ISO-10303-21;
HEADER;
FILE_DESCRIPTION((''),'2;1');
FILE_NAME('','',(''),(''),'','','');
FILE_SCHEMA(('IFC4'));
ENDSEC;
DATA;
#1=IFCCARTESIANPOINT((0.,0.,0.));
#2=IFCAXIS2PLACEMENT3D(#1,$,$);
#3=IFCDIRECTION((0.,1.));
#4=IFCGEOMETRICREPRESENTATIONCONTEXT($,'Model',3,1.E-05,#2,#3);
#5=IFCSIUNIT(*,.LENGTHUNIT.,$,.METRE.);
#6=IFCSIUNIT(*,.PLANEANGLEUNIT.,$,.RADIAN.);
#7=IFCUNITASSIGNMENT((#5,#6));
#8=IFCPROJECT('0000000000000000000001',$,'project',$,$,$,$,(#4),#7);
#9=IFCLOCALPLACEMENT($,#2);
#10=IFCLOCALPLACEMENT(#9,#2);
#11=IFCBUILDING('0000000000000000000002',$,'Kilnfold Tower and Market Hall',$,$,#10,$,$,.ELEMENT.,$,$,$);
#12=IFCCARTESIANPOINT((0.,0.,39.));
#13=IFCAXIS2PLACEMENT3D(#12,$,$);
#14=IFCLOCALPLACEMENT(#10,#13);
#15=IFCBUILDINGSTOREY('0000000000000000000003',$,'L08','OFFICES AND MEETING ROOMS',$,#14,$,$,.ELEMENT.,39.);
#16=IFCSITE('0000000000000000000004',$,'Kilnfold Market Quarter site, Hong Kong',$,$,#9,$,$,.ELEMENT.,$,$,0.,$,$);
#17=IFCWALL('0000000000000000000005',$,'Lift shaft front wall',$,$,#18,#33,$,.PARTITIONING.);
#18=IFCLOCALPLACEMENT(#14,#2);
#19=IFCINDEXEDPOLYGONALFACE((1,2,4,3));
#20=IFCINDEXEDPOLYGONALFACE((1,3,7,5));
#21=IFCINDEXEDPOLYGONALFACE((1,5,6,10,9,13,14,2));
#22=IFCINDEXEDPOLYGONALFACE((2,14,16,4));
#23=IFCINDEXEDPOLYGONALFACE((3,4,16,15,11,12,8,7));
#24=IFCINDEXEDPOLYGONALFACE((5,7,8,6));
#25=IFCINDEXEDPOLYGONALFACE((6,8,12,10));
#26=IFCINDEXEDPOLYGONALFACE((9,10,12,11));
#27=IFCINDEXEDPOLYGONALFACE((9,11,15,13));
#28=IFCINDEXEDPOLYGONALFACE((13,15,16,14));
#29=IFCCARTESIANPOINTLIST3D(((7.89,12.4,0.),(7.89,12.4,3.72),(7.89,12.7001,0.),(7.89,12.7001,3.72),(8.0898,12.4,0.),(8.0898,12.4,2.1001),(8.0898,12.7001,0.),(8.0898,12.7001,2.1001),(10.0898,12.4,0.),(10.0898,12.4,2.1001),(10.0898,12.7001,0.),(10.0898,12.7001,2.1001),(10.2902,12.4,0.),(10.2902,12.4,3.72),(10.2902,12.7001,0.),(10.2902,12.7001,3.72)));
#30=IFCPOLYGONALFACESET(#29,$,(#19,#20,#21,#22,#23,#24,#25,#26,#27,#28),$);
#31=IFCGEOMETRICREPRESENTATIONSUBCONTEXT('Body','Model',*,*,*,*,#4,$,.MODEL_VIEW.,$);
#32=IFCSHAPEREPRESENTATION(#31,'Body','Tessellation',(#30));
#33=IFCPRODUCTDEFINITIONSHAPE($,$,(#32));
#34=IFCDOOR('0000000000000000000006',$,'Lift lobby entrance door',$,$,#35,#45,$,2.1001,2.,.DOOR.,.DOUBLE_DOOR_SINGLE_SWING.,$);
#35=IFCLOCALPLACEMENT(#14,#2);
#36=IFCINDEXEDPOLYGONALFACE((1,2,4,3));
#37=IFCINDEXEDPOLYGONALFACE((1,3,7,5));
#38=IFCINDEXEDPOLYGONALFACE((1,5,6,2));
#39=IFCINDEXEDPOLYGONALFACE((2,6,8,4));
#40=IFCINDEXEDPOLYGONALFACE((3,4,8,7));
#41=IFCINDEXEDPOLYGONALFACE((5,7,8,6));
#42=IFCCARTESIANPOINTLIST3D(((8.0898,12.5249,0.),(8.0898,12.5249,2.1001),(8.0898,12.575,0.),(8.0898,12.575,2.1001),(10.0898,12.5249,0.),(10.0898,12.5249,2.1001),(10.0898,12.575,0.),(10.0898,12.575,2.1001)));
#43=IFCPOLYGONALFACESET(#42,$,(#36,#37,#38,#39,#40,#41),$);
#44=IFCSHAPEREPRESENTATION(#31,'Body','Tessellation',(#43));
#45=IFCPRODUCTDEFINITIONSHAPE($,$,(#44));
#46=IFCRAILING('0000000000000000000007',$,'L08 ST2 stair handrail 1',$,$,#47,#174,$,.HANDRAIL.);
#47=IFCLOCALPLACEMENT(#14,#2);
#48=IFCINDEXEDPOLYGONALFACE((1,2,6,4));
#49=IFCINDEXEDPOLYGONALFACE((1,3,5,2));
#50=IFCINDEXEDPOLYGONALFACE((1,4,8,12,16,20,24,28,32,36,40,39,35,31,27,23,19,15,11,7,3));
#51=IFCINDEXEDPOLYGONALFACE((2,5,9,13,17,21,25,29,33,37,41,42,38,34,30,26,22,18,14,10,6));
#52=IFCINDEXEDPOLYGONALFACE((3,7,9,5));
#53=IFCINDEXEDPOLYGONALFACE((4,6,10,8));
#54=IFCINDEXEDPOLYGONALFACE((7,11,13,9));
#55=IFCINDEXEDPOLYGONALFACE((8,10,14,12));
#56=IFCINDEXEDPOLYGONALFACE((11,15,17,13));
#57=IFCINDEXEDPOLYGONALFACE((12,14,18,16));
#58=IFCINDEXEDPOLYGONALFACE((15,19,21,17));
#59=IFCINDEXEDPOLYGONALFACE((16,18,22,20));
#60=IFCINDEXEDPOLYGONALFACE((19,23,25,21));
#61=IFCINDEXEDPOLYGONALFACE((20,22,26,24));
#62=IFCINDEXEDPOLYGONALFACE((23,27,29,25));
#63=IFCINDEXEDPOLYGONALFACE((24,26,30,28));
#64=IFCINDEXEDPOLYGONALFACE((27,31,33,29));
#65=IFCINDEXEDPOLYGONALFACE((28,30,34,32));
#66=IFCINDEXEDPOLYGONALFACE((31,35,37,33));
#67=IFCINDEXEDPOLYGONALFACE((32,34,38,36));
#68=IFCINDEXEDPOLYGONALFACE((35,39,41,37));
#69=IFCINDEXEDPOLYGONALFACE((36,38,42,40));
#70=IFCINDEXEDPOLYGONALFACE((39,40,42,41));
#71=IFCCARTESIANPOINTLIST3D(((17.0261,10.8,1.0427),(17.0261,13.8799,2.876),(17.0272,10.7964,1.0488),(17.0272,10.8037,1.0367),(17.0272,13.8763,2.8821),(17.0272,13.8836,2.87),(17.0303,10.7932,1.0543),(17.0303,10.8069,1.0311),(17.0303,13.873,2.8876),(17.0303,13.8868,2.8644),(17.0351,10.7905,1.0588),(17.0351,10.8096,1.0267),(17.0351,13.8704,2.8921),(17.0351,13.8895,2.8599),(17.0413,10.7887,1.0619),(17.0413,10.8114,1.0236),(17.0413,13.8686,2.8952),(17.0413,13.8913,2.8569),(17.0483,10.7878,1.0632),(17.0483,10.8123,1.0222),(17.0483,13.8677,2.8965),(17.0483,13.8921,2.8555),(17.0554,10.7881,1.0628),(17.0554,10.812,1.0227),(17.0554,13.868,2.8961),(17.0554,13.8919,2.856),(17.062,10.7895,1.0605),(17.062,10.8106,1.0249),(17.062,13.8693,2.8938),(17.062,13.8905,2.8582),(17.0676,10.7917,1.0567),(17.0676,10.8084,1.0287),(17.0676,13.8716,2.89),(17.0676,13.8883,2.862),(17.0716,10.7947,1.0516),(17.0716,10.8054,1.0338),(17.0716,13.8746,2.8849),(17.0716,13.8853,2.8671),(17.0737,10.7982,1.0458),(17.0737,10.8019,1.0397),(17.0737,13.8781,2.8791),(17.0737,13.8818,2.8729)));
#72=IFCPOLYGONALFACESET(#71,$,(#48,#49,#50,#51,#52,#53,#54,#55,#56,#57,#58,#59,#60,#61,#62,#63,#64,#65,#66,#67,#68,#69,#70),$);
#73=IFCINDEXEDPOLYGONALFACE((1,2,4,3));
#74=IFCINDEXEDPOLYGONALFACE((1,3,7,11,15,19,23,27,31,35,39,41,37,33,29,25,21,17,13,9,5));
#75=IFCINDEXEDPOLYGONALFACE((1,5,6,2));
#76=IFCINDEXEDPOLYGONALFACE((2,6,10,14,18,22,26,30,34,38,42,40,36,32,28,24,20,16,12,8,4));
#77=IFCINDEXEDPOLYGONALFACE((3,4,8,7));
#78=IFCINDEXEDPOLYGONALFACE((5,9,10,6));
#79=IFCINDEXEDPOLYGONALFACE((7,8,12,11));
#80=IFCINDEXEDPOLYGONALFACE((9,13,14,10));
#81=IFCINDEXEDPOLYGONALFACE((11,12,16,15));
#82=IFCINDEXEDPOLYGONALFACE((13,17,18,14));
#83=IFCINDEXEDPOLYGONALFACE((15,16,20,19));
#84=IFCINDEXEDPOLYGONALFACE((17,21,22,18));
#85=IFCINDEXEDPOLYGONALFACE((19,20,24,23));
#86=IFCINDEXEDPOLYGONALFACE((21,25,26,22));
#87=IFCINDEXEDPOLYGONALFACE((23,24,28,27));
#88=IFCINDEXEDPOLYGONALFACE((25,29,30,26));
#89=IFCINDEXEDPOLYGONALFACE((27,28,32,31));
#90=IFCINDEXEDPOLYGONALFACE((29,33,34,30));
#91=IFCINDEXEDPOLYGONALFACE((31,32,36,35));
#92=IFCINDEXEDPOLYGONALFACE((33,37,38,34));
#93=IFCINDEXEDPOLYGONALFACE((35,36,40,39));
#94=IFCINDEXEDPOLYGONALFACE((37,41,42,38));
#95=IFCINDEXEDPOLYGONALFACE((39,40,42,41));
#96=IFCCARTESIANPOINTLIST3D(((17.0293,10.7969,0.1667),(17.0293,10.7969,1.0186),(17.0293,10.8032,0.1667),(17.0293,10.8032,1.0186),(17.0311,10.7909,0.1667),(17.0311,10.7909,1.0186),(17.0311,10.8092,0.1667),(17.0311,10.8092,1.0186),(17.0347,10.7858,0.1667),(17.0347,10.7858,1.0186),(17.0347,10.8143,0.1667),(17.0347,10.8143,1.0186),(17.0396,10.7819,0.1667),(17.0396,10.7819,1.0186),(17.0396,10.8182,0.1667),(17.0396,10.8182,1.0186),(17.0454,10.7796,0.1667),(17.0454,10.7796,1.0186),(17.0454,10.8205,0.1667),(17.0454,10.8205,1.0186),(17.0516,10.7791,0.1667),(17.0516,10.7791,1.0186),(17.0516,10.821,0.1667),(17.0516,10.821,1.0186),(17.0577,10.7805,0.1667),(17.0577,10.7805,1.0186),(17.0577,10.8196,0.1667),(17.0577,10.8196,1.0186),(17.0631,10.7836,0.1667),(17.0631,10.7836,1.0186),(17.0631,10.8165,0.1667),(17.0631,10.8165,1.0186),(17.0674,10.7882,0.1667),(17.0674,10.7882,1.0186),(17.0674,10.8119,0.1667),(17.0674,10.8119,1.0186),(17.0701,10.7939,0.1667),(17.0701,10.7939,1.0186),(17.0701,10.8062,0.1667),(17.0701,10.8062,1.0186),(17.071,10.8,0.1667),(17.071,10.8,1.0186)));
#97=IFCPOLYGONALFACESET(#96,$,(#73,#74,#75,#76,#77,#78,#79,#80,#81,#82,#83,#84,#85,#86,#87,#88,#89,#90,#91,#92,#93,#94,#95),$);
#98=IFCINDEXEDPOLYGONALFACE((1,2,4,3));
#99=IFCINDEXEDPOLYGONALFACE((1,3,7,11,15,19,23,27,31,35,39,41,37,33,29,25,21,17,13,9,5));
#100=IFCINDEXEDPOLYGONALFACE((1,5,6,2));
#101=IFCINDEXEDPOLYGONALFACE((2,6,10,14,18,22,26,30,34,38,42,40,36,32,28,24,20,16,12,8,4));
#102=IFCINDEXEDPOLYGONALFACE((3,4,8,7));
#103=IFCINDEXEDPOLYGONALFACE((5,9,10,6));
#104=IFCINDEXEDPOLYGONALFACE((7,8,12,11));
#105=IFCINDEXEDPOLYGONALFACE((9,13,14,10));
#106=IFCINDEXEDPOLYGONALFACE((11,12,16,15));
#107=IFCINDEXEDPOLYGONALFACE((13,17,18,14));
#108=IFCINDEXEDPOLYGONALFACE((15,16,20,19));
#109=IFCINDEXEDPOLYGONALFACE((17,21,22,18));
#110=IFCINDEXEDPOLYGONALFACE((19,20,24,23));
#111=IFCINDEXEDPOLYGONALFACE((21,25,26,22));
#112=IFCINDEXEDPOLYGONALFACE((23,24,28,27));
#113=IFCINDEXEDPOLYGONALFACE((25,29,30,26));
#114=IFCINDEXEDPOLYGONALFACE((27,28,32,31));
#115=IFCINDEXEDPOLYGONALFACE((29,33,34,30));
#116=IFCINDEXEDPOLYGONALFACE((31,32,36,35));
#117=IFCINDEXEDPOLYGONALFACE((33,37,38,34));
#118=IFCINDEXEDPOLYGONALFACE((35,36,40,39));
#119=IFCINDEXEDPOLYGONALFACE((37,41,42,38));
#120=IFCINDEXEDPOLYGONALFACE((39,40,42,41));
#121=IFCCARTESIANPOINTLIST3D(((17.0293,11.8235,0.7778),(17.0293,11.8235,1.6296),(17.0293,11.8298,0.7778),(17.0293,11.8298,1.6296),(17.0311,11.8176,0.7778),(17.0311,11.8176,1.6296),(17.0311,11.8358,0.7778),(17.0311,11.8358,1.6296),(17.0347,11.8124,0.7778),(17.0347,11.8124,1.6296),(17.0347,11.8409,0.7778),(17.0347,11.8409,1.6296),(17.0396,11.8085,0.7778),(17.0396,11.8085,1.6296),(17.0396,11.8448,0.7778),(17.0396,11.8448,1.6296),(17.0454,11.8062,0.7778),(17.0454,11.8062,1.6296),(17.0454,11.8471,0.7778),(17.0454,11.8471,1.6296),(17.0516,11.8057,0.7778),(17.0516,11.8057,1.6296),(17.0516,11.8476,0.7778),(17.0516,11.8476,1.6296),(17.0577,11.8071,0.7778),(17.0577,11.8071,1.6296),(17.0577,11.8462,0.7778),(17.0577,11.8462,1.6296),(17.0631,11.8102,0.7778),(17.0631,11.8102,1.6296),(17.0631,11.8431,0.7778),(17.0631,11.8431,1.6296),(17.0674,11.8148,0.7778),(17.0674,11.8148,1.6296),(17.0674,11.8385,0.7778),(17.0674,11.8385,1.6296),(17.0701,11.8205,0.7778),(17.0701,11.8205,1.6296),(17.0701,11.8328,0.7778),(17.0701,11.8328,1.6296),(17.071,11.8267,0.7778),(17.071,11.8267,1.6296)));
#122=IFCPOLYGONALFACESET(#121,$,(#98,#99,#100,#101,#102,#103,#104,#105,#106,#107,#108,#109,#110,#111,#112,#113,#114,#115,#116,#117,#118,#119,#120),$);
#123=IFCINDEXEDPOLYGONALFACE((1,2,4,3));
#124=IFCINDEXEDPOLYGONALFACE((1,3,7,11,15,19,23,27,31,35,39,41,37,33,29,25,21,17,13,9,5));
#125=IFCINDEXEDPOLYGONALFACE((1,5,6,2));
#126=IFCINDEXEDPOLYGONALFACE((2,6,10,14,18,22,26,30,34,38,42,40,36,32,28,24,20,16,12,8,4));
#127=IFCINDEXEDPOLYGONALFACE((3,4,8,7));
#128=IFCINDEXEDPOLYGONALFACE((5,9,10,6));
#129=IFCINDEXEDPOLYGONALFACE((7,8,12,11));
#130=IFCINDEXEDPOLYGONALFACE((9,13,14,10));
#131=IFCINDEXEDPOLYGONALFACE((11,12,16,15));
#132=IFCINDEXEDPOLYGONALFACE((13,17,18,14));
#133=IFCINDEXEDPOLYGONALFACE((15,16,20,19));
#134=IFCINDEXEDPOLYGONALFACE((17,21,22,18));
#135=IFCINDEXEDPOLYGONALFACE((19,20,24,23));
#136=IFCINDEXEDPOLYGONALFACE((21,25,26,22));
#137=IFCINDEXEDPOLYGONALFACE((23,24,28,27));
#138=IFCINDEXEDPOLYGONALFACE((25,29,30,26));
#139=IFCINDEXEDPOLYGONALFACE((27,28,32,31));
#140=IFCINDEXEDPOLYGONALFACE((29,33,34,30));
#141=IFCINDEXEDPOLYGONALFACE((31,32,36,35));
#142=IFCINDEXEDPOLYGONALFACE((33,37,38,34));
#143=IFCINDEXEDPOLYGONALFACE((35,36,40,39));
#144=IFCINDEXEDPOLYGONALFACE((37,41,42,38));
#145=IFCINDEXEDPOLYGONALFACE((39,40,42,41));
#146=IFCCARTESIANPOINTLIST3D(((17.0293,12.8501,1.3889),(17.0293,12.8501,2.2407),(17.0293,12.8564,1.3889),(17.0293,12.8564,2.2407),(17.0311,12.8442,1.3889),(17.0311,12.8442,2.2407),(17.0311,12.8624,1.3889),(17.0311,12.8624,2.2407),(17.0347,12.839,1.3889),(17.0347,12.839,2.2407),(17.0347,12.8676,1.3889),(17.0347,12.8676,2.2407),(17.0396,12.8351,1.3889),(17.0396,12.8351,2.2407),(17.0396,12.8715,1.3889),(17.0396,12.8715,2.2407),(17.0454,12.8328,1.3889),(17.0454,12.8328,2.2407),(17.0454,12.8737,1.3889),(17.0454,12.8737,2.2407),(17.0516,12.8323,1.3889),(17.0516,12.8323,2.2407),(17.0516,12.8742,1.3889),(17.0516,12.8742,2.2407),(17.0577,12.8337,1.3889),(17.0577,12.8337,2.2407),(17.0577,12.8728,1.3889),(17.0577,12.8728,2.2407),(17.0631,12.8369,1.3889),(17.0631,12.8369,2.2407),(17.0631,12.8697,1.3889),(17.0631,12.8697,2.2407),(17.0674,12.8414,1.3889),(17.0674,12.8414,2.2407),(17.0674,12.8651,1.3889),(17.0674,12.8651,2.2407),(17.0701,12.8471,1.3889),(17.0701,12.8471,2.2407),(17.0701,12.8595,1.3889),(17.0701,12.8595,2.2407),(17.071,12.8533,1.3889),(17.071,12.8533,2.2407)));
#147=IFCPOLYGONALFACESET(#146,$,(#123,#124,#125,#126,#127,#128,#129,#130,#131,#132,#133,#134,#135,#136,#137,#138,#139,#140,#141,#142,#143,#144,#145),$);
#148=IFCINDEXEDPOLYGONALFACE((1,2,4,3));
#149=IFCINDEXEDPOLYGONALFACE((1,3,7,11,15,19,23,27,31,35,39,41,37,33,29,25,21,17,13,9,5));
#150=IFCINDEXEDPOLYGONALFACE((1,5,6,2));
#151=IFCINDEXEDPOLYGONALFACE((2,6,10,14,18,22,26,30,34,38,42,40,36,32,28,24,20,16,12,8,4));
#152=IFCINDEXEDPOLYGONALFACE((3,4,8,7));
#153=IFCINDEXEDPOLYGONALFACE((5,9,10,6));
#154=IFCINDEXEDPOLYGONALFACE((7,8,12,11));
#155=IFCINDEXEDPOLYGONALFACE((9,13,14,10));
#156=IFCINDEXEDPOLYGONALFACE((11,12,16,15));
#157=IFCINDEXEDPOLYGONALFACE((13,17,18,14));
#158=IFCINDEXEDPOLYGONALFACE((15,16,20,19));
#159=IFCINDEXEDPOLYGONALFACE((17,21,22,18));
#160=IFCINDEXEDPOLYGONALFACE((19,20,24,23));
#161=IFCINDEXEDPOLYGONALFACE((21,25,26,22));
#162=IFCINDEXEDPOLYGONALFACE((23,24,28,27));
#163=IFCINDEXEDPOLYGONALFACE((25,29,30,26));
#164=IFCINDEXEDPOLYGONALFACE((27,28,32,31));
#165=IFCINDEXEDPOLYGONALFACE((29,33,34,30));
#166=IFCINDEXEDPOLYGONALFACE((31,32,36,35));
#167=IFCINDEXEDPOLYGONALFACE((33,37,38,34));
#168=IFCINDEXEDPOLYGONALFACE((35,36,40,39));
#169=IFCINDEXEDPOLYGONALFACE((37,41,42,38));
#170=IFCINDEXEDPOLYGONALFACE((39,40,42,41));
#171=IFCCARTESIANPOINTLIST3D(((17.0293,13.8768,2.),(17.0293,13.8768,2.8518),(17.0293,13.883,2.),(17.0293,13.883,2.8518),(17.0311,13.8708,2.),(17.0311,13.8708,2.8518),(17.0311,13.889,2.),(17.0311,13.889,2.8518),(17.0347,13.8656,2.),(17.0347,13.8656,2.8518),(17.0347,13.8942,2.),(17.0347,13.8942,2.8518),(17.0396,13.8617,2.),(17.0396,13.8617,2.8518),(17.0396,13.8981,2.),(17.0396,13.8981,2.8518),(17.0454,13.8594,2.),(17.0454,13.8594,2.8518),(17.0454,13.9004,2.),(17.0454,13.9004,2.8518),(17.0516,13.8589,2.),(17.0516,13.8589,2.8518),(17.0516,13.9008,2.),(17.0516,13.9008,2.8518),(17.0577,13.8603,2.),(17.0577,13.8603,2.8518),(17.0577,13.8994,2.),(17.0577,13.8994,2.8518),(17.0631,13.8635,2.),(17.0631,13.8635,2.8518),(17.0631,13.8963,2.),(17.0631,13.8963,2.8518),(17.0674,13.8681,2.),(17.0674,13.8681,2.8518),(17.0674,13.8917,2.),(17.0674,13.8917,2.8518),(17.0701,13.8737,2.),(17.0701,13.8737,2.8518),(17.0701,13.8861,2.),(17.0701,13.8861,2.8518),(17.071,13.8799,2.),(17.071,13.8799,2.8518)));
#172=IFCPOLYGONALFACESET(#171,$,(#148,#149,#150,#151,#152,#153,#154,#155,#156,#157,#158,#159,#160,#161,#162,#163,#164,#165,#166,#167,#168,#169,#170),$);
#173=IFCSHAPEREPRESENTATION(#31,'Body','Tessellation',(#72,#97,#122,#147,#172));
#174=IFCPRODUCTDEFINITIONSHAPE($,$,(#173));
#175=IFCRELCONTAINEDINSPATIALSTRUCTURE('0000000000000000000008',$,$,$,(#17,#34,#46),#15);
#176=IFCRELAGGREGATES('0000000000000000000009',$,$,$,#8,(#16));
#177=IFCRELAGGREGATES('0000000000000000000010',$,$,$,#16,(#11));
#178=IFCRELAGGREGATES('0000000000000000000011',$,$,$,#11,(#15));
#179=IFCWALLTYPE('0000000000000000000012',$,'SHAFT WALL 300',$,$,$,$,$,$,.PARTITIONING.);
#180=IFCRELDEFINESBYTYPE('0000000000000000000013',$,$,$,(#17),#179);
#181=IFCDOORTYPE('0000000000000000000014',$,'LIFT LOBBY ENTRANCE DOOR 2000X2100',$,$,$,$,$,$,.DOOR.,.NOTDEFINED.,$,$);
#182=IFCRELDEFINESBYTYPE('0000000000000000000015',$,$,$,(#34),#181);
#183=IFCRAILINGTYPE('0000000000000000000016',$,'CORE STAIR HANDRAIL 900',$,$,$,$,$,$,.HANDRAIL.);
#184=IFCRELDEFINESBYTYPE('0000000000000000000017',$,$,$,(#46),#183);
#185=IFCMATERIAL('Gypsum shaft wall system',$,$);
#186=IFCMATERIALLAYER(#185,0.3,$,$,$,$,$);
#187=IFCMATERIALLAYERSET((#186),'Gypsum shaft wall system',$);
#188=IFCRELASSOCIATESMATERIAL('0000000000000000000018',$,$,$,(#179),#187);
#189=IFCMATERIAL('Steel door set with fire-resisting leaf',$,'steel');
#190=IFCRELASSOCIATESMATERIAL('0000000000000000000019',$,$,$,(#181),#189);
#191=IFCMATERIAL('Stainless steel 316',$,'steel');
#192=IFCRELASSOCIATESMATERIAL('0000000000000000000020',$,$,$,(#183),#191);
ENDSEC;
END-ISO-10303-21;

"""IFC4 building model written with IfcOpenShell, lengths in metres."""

from ifc_helpers import new_model, si_unit, direction, frame, frame_2d, origin, origin_2d, place, context, subcontext, project, spatial, rectangle, circle, extrude, source, transform, mapped, material, layer, layer_set, type_object, element, fill, save


model = new_model("IFC4")

# Units and contexts
model_context = context("Model", 3, precision=1e-05, world=origin(), true_north=direction((0.0, 1.0)))
body_context = subcontext(model_context, "Body", "Model", "MODEL_VIEW")
ifc_project = project(units=[si_unit("LENGTHUNIT", "METRE"), si_unit("PLANEANGLEUNIT", "RADIAN")], contexts=[model_context])

# Site, building, storey
site_placement = place(None, origin())
site = spatial("IfcSite", under=ifc_project, at=site_placement, Name="Kilnfold Market Quarter site, Hong Kong", CompositionType="ELEMENT", RefElevation=0.0)
building_placement = place(site_placement, origin())
building = spatial("IfcBuilding", under=site, at=building_placement, Name="Kilnfold Tower and Market Hall", CompositionType="ELEMENT")
storey_placement = place(building_placement, frame((0.0, 0.0, 39.0)))
storey = spatial("IfcBuildingStorey", under=building, at=storey_placement, Name="L08", Description="OFFICES AND MEETING ROOMS", CompositionType="ELEMENT", Elevation=39.0)

# Shared definitions
ifc_material_1 = material(Name="Gypsum shaft wall system")
ifc_layer_1 = layer(ifc_material_1, 0.3)
ifc_layer_set_1 = layer_set([ifc_layer_1], Name="Gypsum shaft wall system")
wall_type_1 = type_object("IfcWallType", Name="SHAFT WALL 300", PredefinedType="PARTITIONING", material=ifc_layer_set_1)

# Wall, opening, door
shared_shape_1 = source(origin(), body_context, "Body", "SweptSolid", [
    extrude(rectangle(XDim=2.4001, YDim=0.3, at=frame_2d((1.2002, 0.0))), origin(), (0.0, 0.0, 1.0), 3.72),
])
wall_1_placement = place(storey_placement, frame((7.8899, 12.55, 0.0), z_axis=(0.0, 0.0, 1.0), x_axis=(1.0, 0.0, 0.0)))
wall_1 = element("IfcWall", 1, at=wall_1_placement, inside=storey, type_object=wall_type_1, Name="Lift shaft front wall", PredefinedType="PARTITIONING", context=body_context, shape_type="MappedRepresentation", body=[
    mapped(shared_shape_1, transform((0.0, 0.0, 0.0))),
])
opening_1_placement = place(wall_1_placement, frame((0.2, 0.0, 0.0)))
opening_1 = element("IfcOpeningElement", 2, at=opening_1_placement, cuts=wall_1, PredefinedType="OPENING", context=body_context, shape_type="SweptSolid", body=[
    extrude(rectangle(XDim=2.0, YDim=2.1001, at=frame_2d((1.0, 1.05))), frame((0.0, 0.1602, 0.0), z_axis=(0.0, -1.0, 0.0), x_axis=(1.0, 0.0, 0.0)), (0.0, 0.0, 1.0), 0.3201),
])
ifc_material_2 = material(Name="Steel door set with fire-resisting leaf", Category="steel")
door_type_1 = type_object("IfcDoorType", Name="LIFT LOBBY ENTRANCE DOOR 2000X2100", OperationType="NOTDEFINED", PredefinedType="DOOR", material=ifc_material_2)
door_1_placement = place(opening_1_placement, origin())
door_1 = element("IfcDoor", 3, at=door_1_placement, inside=storey, type_object=door_type_1, Name="Lift lobby entrance door", OperationType="DOUBLE_DOOR_SINGLE_SWING", OverallHeight=2.1001, OverallWidth=2.0, PredefinedType="DOOR", context=body_context, shape_type="SweptSolid", body=[
    extrude(rectangle(XDim=2.0, YDim=2.1001, at=frame_2d((1.0, 1.05))), frame((0.0, 0.0249, 0.0), z_axis=(0.0, -1.0, 0.0), x_axis=(1.0, 0.0, 0.0)), (0.0, 0.0, 1.0), 0.05),
])
fill(opening_1, door_1)

# Railing
ifc_material_3 = material(Name="Stainless steel 316", Category="steel")
railing_type_1 = type_object("IfcRailingType", Name="CORE STAIR HANDRAIL 900", PredefinedType="HANDRAIL", material=ifc_material_3)
railing_1_placement = place(storey_placement, frame((17.05, 10.8, 0.1667)))
element("IfcRailing", 4, at=railing_1_placement, inside=storey, type_object=railing_type_1, Name="L08 ST2 stair handrail 1", PredefinedType="HANDRAIL", context=body_context, shape_type="SweptSolid", body=[
    extrude(circle(Radius=0.0239, at=origin_2d()), frame((0.0, 0.0, 0.876), z_axis=(0.0, 0.859291, 0.511487), x_axis=(-1.0, 0.0, 0.0)), (0.0, 0.0, 1.0), 3.5842),
    extrude(circle(Radius=0.021, at=origin_2d()), origin(), (0.0, 0.0, 1.0), 0.8518),
    extrude(circle(Radius=0.021, at=origin_2d()), frame((0.0, 1.0266, 0.6111)), (0.0, 0.0, 1.0), 0.8518),
    extrude(circle(Radius=0.021, at=origin_2d()), frame((0.0, 2.0532, 1.2222)), (0.0, 0.0, 1.0), 0.8518),
    extrude(circle(Radius=0.021, at=origin_2d()), frame((0.0, 3.0798, 1.8333)), (0.0, 0.0, 1.0), 0.8518),
])

save(model, "model.ifc")
